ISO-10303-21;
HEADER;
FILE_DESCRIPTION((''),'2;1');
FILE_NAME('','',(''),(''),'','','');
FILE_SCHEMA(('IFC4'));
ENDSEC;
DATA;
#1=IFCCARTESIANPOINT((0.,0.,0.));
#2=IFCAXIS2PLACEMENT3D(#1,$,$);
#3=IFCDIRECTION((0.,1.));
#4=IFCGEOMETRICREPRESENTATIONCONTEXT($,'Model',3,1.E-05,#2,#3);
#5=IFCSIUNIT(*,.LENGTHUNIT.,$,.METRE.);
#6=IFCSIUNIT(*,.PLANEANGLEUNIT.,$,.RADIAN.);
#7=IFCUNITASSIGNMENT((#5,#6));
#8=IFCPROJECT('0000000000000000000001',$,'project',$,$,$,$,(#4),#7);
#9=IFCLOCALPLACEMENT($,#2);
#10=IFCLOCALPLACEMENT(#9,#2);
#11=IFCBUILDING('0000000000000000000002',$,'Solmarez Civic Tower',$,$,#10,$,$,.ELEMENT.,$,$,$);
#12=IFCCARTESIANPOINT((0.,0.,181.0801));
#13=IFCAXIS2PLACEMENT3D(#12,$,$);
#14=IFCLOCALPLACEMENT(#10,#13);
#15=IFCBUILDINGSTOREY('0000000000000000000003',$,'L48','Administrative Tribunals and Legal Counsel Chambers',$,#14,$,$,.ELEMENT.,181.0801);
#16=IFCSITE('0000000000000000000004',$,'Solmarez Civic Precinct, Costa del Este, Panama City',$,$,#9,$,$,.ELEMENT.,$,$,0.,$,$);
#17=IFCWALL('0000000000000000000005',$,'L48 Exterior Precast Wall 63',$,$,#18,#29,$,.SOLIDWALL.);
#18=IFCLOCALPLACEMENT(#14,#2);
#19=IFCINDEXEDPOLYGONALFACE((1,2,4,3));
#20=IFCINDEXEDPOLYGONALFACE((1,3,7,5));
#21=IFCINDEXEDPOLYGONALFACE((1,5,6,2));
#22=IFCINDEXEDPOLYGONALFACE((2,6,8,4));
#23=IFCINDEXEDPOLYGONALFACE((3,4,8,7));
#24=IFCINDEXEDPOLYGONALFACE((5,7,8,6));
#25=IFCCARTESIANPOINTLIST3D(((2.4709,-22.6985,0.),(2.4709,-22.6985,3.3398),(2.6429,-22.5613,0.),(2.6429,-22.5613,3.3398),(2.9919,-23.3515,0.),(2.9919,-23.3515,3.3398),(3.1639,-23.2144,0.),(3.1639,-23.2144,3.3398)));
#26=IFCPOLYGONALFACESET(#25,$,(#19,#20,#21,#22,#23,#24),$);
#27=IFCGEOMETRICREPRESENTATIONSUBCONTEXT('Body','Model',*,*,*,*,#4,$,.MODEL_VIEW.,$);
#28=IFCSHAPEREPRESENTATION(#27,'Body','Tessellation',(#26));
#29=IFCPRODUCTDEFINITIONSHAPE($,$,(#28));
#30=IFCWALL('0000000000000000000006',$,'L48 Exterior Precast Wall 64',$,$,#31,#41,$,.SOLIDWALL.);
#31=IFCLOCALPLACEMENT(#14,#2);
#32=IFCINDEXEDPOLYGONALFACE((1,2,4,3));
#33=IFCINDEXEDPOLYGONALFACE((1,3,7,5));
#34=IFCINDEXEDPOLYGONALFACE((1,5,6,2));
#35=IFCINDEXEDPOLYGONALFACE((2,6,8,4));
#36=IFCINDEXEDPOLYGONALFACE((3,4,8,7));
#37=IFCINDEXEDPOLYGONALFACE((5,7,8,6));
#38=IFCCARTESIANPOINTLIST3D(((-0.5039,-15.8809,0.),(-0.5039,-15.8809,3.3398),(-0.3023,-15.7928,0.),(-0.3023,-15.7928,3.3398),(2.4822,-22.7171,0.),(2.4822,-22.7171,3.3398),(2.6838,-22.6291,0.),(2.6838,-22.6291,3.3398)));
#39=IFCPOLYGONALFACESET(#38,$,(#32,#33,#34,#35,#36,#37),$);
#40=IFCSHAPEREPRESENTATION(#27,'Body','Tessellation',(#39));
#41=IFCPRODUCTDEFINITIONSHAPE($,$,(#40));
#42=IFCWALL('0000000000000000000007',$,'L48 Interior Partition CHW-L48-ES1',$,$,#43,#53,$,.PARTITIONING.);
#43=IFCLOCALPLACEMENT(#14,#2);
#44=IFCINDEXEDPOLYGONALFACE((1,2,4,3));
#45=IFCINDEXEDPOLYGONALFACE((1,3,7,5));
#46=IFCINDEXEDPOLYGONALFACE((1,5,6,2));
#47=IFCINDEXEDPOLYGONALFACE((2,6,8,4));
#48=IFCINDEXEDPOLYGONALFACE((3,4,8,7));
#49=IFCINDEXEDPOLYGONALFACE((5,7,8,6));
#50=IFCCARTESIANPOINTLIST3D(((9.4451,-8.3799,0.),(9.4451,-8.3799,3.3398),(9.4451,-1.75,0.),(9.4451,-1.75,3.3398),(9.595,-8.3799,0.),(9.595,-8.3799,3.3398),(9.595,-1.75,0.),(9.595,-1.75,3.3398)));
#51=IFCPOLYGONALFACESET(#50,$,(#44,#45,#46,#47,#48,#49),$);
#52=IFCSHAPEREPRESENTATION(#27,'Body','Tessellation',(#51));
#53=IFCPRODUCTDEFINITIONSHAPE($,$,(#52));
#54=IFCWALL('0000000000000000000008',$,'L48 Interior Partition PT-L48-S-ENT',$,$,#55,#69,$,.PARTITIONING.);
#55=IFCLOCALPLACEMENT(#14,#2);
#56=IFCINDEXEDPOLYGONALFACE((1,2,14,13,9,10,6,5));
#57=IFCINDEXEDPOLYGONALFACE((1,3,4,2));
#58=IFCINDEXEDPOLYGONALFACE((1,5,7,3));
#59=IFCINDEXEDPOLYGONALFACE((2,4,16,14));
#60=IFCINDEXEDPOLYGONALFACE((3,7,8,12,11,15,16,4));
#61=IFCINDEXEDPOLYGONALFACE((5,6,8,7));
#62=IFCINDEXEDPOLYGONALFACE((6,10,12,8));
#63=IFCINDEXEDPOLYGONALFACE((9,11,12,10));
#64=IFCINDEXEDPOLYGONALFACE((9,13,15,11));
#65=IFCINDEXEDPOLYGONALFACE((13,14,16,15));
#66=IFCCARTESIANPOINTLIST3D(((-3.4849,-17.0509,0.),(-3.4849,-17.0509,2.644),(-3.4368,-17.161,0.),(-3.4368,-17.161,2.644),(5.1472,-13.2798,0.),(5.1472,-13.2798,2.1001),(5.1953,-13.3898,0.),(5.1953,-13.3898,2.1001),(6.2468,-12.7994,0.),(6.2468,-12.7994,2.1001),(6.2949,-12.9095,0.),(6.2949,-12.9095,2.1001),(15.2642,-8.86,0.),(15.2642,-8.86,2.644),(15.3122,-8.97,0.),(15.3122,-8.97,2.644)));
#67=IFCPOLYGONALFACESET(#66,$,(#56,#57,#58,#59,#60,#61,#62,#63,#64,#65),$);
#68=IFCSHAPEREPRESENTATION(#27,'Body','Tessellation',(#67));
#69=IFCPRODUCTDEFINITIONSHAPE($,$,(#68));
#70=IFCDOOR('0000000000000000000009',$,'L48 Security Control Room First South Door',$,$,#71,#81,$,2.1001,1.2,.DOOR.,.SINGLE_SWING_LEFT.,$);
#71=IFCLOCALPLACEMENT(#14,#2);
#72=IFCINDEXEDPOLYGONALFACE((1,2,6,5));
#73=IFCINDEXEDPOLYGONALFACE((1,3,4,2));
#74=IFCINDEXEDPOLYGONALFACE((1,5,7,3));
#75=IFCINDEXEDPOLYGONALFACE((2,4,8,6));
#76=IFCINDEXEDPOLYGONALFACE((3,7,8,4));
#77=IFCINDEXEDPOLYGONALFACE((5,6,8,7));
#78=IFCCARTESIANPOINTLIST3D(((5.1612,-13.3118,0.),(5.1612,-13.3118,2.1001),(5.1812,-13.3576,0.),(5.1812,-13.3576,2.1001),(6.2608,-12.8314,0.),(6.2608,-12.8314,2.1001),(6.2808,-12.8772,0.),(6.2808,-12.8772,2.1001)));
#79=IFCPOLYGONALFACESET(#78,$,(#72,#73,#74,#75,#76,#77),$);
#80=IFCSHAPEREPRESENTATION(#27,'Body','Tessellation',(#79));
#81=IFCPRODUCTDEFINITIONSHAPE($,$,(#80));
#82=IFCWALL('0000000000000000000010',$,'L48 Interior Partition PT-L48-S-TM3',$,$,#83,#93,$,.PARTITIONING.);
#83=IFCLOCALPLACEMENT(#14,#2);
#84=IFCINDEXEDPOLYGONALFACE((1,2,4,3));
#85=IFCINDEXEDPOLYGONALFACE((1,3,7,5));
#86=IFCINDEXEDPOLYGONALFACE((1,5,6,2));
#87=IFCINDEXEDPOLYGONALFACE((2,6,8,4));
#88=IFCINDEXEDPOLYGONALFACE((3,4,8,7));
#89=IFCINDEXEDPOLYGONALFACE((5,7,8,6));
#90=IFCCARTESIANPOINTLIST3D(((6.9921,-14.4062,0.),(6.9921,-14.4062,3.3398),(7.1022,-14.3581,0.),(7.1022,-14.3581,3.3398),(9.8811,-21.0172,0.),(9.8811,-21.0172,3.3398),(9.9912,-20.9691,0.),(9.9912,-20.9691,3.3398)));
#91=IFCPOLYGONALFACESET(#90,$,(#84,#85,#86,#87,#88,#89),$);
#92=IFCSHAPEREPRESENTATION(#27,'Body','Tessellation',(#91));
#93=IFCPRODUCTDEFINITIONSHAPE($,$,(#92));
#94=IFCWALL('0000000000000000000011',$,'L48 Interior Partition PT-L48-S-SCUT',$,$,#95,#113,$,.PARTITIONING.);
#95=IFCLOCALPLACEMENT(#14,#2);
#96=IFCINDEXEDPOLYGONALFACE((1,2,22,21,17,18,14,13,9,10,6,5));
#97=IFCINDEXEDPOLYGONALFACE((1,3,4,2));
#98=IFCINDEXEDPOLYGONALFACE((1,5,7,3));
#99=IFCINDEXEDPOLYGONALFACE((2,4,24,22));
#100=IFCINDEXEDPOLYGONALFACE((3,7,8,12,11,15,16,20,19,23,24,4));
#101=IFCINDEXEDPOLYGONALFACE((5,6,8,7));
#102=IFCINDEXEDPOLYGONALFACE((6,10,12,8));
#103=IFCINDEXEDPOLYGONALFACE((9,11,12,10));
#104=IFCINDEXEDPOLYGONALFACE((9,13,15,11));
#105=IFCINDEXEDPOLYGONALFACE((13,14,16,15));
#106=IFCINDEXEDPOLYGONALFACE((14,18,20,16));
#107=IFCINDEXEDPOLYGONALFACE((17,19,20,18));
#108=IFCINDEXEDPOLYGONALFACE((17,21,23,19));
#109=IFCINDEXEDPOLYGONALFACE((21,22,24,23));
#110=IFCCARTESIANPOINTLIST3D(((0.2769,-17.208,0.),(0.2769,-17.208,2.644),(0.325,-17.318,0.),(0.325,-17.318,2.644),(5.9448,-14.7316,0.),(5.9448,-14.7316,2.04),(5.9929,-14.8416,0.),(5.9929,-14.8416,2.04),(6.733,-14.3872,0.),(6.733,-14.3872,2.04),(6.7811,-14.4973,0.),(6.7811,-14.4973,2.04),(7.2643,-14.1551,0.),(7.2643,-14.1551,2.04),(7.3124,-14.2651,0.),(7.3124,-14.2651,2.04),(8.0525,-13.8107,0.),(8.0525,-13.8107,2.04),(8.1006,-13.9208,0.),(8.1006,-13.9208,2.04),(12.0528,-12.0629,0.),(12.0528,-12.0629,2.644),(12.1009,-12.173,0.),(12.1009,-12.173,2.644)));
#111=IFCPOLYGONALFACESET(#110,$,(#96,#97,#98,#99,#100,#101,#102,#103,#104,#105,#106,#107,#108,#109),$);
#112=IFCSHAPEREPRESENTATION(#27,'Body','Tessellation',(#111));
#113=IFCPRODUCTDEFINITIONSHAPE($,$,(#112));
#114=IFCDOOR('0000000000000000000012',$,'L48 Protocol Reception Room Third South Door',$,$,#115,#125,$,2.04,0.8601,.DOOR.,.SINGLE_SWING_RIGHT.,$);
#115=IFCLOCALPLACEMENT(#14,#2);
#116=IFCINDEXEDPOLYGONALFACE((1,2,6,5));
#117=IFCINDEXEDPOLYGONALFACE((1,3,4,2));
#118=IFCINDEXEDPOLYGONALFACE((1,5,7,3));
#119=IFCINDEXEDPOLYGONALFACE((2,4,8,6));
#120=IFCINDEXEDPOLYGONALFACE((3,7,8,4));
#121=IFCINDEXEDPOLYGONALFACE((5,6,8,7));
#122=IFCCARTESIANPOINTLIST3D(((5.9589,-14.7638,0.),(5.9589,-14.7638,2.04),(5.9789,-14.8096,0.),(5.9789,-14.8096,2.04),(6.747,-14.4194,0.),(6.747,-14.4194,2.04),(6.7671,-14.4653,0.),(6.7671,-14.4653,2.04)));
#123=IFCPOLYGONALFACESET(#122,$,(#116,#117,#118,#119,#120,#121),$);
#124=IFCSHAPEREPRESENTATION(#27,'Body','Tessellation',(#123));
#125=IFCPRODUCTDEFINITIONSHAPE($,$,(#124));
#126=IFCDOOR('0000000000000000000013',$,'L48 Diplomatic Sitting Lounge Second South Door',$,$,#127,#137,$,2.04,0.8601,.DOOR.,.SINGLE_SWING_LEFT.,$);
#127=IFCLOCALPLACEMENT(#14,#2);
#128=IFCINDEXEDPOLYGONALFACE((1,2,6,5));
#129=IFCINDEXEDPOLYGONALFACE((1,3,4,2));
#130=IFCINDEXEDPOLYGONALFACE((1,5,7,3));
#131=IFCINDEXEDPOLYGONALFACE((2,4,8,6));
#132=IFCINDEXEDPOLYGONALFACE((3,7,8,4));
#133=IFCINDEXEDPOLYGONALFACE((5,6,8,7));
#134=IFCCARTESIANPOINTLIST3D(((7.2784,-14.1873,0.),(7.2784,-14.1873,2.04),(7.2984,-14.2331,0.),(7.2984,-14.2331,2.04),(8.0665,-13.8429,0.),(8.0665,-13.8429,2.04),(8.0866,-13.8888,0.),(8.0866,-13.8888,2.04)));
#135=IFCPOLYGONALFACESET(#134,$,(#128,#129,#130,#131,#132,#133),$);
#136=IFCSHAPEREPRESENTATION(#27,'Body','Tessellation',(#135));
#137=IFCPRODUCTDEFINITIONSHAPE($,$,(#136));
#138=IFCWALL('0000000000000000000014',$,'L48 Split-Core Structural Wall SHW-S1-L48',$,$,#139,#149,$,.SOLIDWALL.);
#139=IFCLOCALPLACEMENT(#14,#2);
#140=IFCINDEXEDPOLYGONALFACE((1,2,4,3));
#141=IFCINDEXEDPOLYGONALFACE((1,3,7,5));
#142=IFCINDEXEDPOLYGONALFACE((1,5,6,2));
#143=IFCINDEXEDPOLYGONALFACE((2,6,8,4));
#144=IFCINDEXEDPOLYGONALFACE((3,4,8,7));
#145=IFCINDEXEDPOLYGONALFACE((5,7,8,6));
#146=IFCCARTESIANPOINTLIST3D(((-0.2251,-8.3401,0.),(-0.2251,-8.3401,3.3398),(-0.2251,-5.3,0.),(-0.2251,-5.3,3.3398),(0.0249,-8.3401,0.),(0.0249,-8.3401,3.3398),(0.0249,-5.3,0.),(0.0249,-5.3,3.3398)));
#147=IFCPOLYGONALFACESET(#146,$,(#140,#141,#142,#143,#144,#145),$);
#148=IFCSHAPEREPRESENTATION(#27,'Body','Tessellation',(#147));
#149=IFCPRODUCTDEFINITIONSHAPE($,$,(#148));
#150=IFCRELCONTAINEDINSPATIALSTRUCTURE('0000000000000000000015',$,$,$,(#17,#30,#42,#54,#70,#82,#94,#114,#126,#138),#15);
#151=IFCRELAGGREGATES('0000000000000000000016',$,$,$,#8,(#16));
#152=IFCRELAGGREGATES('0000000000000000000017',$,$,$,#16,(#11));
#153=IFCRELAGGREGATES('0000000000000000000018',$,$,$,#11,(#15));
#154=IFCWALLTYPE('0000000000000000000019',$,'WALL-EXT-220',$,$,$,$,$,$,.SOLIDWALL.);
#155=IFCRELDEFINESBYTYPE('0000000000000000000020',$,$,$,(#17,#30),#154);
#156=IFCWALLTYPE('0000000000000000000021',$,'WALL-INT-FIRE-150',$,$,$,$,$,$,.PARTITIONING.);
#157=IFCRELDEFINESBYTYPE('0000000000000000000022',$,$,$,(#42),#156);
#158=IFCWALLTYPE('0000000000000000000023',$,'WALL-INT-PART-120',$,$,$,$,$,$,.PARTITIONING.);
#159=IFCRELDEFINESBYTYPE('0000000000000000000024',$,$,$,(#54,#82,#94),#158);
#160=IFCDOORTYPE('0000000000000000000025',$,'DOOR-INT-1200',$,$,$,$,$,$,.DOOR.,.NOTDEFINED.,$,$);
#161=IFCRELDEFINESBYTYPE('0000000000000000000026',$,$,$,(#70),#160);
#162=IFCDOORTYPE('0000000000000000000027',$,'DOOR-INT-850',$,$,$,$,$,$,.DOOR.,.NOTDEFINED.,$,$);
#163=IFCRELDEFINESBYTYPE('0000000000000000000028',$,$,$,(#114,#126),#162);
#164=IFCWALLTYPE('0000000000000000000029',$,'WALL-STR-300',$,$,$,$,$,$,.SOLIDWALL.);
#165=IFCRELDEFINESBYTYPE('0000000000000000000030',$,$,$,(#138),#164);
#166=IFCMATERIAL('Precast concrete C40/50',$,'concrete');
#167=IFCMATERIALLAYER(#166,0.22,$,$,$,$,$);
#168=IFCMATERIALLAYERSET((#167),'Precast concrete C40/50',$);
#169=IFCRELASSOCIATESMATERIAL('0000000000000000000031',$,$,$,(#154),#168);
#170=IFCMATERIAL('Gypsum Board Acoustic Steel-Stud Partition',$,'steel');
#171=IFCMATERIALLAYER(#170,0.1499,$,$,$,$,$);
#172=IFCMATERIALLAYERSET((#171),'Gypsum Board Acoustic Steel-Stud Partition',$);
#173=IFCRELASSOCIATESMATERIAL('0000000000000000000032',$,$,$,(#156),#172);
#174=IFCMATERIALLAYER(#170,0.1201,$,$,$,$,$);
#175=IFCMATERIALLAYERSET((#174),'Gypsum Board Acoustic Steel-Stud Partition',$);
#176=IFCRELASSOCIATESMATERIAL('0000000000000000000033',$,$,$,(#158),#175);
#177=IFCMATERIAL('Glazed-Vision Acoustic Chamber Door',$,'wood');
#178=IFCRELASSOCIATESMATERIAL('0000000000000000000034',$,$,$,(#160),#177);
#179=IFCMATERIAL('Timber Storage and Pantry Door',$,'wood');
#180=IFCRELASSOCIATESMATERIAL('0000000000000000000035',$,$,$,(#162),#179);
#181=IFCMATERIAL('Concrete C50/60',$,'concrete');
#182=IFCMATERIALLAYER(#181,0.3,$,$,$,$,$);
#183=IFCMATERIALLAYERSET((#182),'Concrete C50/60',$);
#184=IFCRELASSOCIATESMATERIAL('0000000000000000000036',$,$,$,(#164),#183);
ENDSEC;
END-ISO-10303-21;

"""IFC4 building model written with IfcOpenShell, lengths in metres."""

from ifc_helpers import new_model, si_unit, direction, frame, frame_2d, origin, place, context, subcontext, project, spatial, rectangle, extrude, material, layer, layer_set, type_object, element, fill, save


model = new_model("IFC4")

# Units and contexts
model_context = context("Model", 3, precision=1e-05, world=origin(), true_north=direction((0.0, 1.0)))
body_context = subcontext(model_context, "Body", "Model", "MODEL_VIEW")
ifc_project = project(units=[si_unit("LENGTHUNIT", "METRE"), si_unit("PLANEANGLEUNIT", "RADIAN")], contexts=[model_context])

# Site, building, storey
site_placement = place(None, origin())
site = spatial("IfcSite", under=ifc_project, at=site_placement, Name="Solmarez Civic Precinct, Costa del Este, Panama City", CompositionType="ELEMENT", RefElevation=0.0)
building_placement = place(site_placement, origin())
building = spatial("IfcBuilding", under=site, at=building_placement, Name="Solmarez Civic Tower", CompositionType="ELEMENT")
storey_placement = place(building_placement, frame((0.0, 0.0, 181.0801)))
storey = spatial("IfcBuildingStorey", under=building, at=storey_placement, Name="L48", Description="Administrative Tribunals and Legal Counsel Chambers", CompositionType="ELEMENT", Elevation=181.0801)

# Shared definitions
ifc_material_1 = material(Name="Concrete C50/60", Category="concrete")

# Shared definitions
ifc_material_2 = material(Name="Precast concrete C40/50", Category="concrete")
ifc_layer_1 = layer(ifc_material_2, 0.22)
ifc_layer_set_1 = layer_set([ifc_layer_1], Name="Precast concrete C40/50")
wall_type_1 = type_object("IfcWallType", Name="WALL-EXT-220", PredefinedType="SOLIDWALL", material=ifc_layer_set_1)

# Walls
wall_1_placement = place(storey_placement, frame((3.0779, -23.283, 0.0), z_axis=(0.0, 0.0, 1.0), x_axis=(-0.623625, 0.781723, 0.0)))
element("IfcWall", 1, at=wall_1_placement, inside=storey, type_object=wall_type_1, Name="L48 Exterior Precast Wall 63", PredefinedType="SOLIDWALL", context=body_context, shape_type="SweptSolid", body=[
    extrude(rectangle(XDim=0.8354, YDim=0.22, at=frame_2d((0.4177, 0.0))), origin(), (0.0, 0.0, 1.0), 3.3398),
])
wall_2_placement = place(storey_placement, frame((2.583, -22.6731, 0.0), z_axis=(0.0, 0.0, 1.0), x_axis=(-0.400285, 0.916391, 0.0)))
element("IfcWall", 2, at=wall_2_placement, inside=storey, type_object=wall_type_1, Name="L48 Exterior Precast Wall 64", PredefinedType="SOLIDWALL", context=body_context, shape_type="SweptSolid", body=[
    extrude(rectangle(XDim=7.46, YDim=0.22, at=frame_2d((3.73, 0.0))), origin(), (0.0, 0.0, 1.0), 3.3398),
])
ifc_material_3 = material(Name="Gypsum Board Acoustic Steel-Stud Partition", Category="steel")
ifc_layer_2 = layer(ifc_material_3, 0.1499)
ifc_layer_set_2 = layer_set([ifc_layer_2], Name="Gypsum Board Acoustic Steel-Stud Partition")
wall_type_2 = type_object("IfcWallType", Name="WALL-INT-FIRE-150", PredefinedType="PARTITIONING", material=ifc_layer_set_2)
wall_3_placement = place(storey_placement, frame((9.52, -8.3799, 0.0), z_axis=(0.0, 0.0, 1.0), x_axis=(0.0, 1.0, 0.0)))
element("IfcWall", 3, at=wall_3_placement, inside=storey, type_object=wall_type_2, Name="L48 Interior Partition CHW-L48-ES1", PredefinedType="PARTITIONING", context=body_context, shape_type="SweptSolid", body=[
    extrude(rectangle(XDim=6.6299, YDim=0.1499, at=frame_2d((3.3149, 0.0))), origin(), (0.0, 0.0, 1.0), 3.3398),
])

# Wall, opening, door
ifc_layer_3 = layer(ifc_material_3, 0.1201)
ifc_layer_set_3 = layer_set([ifc_layer_3], Name="Gypsum Board Acoustic Steel-Stud Partition")
wall_type_3 = type_object("IfcWallType", Name="WALL-INT-PART-120", PredefinedType="PARTITIONING", material=ifc_layer_set_3)
wall_4_placement = place(storey_placement, frame((15.2881, -8.915, 0.0), z_axis=(0.0, 0.0, 1.0), x_axis=(-0.916369, -0.400336, 0.0)))
wall_4 = element("IfcWall", 4, at=wall_4_placement, inside=storey, type_object=wall_type_3, Name="L48 Interior Partition PT-L48-S-ENT", PredefinedType="PARTITIONING", context=body_context, shape_type="SweptSolid", body=[
    extrude(rectangle(XDim=20.4602, YDim=0.1201, at=frame_2d((10.23, 0.0))), origin(), (0.0, 0.0, 1.0), 2.644),
])
opening_1_placement = place(wall_4_placement, frame((9.8401, 0.0, 0.0)))
opening_1 = element("IfcOpeningElement", 5, at=opening_1_placement, cuts=wall_4, PredefinedType="OPENING", context=body_context, shape_type="SweptSolid", body=[
    extrude(rectangle(XDim=1.2, YDim=2.1001, at=frame_2d((0.6001, 1.05))), frame((0.0, 0.0701, 0.0), z_axis=(0.0, -1.0, 0.0), x_axis=(1.0, 0.0, 0.0)), (0.0, 0.0, 1.0), 0.1401),
])
ifc_material_4 = material(Name="Glazed-Vision Acoustic Chamber Door", Category="wood")
door_type_1 = type_object("IfcDoorType", Name="DOOR-INT-1200", OperationType="NOTDEFINED", PredefinedType="DOOR", material=ifc_material_4)
door_1_placement = place(opening_1_placement, origin())
door_1 = element("IfcDoor", 6, at=door_1_placement, inside=storey, type_object=door_type_1, Name="L48 Security Control Room First South Door", OperationType="SINGLE_SWING_LEFT", OverallHeight=2.1001, OverallWidth=1.2, PredefinedType="DOOR", context=body_context, shape_type="SweptSolid", body=[
    extrude(rectangle(XDim=1.2, YDim=2.1001, at=frame_2d((0.6001, 1.05))), frame((0.0, 0.0249, 0.0), z_axis=(0.0, -1.0, 0.0), x_axis=(1.0, 0.0, 0.0)), (0.0, 0.0, 1.0), 0.05),
])
fill(opening_1, door_1)

# Wall
wall_5_placement = place(storey_placement, frame((7.0471, -14.3821, 0.0), z_axis=(0.0, 0.0, 1.0), x_axis=(0.400432, -0.916327, 0.0)))
element("IfcWall", 7, at=wall_5_placement, inside=storey, type_object=wall_type_3, Name="L48 Interior Partition PT-L48-S-TM3", PredefinedType="PARTITIONING", context=body_context, shape_type="SweptSolid", body=[
    extrude(rectangle(XDim=7.2146, YDim=0.1201, at=frame_2d((3.6074, 0.0))), origin(), (0.0, 0.0, 1.0), 3.3398),
])

# Wall, openings, doors
wall_6_placement = place(storey_placement, frame((0.301, -17.2629, 0.0), z_axis=(0.0, 0.0, 1.0), x_axis=(0.916355, 0.400366, 0.0)))
wall_6 = element("IfcWall", 8, at=wall_6_placement, inside=storey, type_object=wall_type_3, Name="L48 Interior Partition PT-L48-S-SCUT", PredefinedType="PARTITIONING", context=body_context, shape_type="SweptSolid", body=[
    extrude(rectangle(XDim=12.8508, YDim=0.1201, at=frame_2d((6.4253, 0.0))), origin(), (0.0, 0.0, 1.0), 2.644),
])
opening_2_placement = place(wall_6_placement, frame((6.1851, 0.0, 0.0)))
opening_2 = element("IfcOpeningElement", 9, at=opening_2_placement, cuts=wall_6, PredefinedType="OPENING", context=body_context, shape_type="SweptSolid", body=[
    extrude(rectangle(XDim=0.8601, YDim=2.04, at=frame_2d((0.4302, 1.02))), frame((0.0, 0.0701, 0.0), z_axis=(0.0, -1.0, 0.0), x_axis=(1.0, 0.0, 0.0)), (0.0, 0.0, 1.0), 0.1401),
])
opening_3_placement = place(wall_6_placement, frame((7.625, 0.0, 0.0)))
opening_3 = element("IfcOpeningElement", 10, at=opening_3_placement, cuts=wall_6, PredefinedType="OPENING", context=body_context, shape_type="SweptSolid", body=[
    extrude(rectangle(XDim=0.8601, YDim=2.04, at=frame_2d((0.4302, 1.02))), frame((0.0, 0.0701, 0.0), z_axis=(0.0, -1.0, 0.0), x_axis=(1.0, 0.0, 0.0)), (0.0, 0.0, 1.0), 0.1401),
])
ifc_material_5 = material(Name="Timber Storage and Pantry Door", Category="wood")
door_type_2 = type_object("IfcDoorType", Name="DOOR-INT-850", OperationType="NOTDEFINED", PredefinedType="DOOR", material=ifc_material_5)
door_2_placement = place(opening_2_placement, origin())
door_2 = element("IfcDoor", 11, at=door_2_placement, inside=storey, type_object=door_type_2, Name="L48 Protocol Reception Room Third South Door", OperationType="SINGLE_SWING_RIGHT", OverallHeight=2.04, OverallWidth=0.8601, PredefinedType="DOOR", context=body_context, shape_type="SweptSolid", body=[
    extrude(rectangle(XDim=0.8601, YDim=2.04, at=frame_2d((0.4302, 1.02))), frame((0.0, 0.0249, 0.0), z_axis=(0.0, -1.0, 0.0), x_axis=(1.0, 0.0, 0.0)), (0.0, 0.0, 1.0), 0.05),
])
fill(opening_2, door_2)
door_3_placement = place(opening_3_placement, origin())
door_3 = element("IfcDoor", 12, at=door_3_placement, inside=storey, type_object=door_type_2, Name="L48 Diplomatic Sitting Lounge Second South Door", OperationType="SINGLE_SWING_LEFT", OverallHeight=2.04, OverallWidth=0.8601, PredefinedType="DOOR", context=body_context, shape_type="SweptSolid", body=[
    extrude(rectangle(XDim=0.8601, YDim=2.04, at=frame_2d((0.4302, 1.02))), frame((0.0, 0.0249, 0.0), z_axis=(0.0, -1.0, 0.0), x_axis=(1.0, 0.0, 0.0)), (0.0, 0.0, 1.0), 0.05),
])
fill(opening_3, door_3)

# Wall
ifc_layer_4 = layer(ifc_material_1, 0.3)
ifc_layer_set_4 = layer_set([ifc_layer_4], Name="Concrete C50/60")
wall_type_4 = type_object("IfcWallType", Name="WALL-STR-300", PredefinedType="SOLIDWALL", material=ifc_layer_set_4)
wall_7_placement = place(storey_placement, frame((-0.1001, -8.3401, 0.0), z_axis=(0.0, 0.0, 1.0), x_axis=(0.0, 1.0, 0.0)))
element("IfcWall", 13, at=wall_7_placement, inside=storey, type_object=wall_type_4, Name="L48 Split-Core Structural Wall SHW-S1-L48", PredefinedType="SOLIDWALL", context=body_context, shape_type="SweptSolid", body=[
    extrude(rectangle(XDim=3.04, YDim=0.25, at=frame_2d((1.52, 0.0))), origin(), (0.0, 0.0, 1.0), 3.3398),
])

save(model, "model.ifc")
